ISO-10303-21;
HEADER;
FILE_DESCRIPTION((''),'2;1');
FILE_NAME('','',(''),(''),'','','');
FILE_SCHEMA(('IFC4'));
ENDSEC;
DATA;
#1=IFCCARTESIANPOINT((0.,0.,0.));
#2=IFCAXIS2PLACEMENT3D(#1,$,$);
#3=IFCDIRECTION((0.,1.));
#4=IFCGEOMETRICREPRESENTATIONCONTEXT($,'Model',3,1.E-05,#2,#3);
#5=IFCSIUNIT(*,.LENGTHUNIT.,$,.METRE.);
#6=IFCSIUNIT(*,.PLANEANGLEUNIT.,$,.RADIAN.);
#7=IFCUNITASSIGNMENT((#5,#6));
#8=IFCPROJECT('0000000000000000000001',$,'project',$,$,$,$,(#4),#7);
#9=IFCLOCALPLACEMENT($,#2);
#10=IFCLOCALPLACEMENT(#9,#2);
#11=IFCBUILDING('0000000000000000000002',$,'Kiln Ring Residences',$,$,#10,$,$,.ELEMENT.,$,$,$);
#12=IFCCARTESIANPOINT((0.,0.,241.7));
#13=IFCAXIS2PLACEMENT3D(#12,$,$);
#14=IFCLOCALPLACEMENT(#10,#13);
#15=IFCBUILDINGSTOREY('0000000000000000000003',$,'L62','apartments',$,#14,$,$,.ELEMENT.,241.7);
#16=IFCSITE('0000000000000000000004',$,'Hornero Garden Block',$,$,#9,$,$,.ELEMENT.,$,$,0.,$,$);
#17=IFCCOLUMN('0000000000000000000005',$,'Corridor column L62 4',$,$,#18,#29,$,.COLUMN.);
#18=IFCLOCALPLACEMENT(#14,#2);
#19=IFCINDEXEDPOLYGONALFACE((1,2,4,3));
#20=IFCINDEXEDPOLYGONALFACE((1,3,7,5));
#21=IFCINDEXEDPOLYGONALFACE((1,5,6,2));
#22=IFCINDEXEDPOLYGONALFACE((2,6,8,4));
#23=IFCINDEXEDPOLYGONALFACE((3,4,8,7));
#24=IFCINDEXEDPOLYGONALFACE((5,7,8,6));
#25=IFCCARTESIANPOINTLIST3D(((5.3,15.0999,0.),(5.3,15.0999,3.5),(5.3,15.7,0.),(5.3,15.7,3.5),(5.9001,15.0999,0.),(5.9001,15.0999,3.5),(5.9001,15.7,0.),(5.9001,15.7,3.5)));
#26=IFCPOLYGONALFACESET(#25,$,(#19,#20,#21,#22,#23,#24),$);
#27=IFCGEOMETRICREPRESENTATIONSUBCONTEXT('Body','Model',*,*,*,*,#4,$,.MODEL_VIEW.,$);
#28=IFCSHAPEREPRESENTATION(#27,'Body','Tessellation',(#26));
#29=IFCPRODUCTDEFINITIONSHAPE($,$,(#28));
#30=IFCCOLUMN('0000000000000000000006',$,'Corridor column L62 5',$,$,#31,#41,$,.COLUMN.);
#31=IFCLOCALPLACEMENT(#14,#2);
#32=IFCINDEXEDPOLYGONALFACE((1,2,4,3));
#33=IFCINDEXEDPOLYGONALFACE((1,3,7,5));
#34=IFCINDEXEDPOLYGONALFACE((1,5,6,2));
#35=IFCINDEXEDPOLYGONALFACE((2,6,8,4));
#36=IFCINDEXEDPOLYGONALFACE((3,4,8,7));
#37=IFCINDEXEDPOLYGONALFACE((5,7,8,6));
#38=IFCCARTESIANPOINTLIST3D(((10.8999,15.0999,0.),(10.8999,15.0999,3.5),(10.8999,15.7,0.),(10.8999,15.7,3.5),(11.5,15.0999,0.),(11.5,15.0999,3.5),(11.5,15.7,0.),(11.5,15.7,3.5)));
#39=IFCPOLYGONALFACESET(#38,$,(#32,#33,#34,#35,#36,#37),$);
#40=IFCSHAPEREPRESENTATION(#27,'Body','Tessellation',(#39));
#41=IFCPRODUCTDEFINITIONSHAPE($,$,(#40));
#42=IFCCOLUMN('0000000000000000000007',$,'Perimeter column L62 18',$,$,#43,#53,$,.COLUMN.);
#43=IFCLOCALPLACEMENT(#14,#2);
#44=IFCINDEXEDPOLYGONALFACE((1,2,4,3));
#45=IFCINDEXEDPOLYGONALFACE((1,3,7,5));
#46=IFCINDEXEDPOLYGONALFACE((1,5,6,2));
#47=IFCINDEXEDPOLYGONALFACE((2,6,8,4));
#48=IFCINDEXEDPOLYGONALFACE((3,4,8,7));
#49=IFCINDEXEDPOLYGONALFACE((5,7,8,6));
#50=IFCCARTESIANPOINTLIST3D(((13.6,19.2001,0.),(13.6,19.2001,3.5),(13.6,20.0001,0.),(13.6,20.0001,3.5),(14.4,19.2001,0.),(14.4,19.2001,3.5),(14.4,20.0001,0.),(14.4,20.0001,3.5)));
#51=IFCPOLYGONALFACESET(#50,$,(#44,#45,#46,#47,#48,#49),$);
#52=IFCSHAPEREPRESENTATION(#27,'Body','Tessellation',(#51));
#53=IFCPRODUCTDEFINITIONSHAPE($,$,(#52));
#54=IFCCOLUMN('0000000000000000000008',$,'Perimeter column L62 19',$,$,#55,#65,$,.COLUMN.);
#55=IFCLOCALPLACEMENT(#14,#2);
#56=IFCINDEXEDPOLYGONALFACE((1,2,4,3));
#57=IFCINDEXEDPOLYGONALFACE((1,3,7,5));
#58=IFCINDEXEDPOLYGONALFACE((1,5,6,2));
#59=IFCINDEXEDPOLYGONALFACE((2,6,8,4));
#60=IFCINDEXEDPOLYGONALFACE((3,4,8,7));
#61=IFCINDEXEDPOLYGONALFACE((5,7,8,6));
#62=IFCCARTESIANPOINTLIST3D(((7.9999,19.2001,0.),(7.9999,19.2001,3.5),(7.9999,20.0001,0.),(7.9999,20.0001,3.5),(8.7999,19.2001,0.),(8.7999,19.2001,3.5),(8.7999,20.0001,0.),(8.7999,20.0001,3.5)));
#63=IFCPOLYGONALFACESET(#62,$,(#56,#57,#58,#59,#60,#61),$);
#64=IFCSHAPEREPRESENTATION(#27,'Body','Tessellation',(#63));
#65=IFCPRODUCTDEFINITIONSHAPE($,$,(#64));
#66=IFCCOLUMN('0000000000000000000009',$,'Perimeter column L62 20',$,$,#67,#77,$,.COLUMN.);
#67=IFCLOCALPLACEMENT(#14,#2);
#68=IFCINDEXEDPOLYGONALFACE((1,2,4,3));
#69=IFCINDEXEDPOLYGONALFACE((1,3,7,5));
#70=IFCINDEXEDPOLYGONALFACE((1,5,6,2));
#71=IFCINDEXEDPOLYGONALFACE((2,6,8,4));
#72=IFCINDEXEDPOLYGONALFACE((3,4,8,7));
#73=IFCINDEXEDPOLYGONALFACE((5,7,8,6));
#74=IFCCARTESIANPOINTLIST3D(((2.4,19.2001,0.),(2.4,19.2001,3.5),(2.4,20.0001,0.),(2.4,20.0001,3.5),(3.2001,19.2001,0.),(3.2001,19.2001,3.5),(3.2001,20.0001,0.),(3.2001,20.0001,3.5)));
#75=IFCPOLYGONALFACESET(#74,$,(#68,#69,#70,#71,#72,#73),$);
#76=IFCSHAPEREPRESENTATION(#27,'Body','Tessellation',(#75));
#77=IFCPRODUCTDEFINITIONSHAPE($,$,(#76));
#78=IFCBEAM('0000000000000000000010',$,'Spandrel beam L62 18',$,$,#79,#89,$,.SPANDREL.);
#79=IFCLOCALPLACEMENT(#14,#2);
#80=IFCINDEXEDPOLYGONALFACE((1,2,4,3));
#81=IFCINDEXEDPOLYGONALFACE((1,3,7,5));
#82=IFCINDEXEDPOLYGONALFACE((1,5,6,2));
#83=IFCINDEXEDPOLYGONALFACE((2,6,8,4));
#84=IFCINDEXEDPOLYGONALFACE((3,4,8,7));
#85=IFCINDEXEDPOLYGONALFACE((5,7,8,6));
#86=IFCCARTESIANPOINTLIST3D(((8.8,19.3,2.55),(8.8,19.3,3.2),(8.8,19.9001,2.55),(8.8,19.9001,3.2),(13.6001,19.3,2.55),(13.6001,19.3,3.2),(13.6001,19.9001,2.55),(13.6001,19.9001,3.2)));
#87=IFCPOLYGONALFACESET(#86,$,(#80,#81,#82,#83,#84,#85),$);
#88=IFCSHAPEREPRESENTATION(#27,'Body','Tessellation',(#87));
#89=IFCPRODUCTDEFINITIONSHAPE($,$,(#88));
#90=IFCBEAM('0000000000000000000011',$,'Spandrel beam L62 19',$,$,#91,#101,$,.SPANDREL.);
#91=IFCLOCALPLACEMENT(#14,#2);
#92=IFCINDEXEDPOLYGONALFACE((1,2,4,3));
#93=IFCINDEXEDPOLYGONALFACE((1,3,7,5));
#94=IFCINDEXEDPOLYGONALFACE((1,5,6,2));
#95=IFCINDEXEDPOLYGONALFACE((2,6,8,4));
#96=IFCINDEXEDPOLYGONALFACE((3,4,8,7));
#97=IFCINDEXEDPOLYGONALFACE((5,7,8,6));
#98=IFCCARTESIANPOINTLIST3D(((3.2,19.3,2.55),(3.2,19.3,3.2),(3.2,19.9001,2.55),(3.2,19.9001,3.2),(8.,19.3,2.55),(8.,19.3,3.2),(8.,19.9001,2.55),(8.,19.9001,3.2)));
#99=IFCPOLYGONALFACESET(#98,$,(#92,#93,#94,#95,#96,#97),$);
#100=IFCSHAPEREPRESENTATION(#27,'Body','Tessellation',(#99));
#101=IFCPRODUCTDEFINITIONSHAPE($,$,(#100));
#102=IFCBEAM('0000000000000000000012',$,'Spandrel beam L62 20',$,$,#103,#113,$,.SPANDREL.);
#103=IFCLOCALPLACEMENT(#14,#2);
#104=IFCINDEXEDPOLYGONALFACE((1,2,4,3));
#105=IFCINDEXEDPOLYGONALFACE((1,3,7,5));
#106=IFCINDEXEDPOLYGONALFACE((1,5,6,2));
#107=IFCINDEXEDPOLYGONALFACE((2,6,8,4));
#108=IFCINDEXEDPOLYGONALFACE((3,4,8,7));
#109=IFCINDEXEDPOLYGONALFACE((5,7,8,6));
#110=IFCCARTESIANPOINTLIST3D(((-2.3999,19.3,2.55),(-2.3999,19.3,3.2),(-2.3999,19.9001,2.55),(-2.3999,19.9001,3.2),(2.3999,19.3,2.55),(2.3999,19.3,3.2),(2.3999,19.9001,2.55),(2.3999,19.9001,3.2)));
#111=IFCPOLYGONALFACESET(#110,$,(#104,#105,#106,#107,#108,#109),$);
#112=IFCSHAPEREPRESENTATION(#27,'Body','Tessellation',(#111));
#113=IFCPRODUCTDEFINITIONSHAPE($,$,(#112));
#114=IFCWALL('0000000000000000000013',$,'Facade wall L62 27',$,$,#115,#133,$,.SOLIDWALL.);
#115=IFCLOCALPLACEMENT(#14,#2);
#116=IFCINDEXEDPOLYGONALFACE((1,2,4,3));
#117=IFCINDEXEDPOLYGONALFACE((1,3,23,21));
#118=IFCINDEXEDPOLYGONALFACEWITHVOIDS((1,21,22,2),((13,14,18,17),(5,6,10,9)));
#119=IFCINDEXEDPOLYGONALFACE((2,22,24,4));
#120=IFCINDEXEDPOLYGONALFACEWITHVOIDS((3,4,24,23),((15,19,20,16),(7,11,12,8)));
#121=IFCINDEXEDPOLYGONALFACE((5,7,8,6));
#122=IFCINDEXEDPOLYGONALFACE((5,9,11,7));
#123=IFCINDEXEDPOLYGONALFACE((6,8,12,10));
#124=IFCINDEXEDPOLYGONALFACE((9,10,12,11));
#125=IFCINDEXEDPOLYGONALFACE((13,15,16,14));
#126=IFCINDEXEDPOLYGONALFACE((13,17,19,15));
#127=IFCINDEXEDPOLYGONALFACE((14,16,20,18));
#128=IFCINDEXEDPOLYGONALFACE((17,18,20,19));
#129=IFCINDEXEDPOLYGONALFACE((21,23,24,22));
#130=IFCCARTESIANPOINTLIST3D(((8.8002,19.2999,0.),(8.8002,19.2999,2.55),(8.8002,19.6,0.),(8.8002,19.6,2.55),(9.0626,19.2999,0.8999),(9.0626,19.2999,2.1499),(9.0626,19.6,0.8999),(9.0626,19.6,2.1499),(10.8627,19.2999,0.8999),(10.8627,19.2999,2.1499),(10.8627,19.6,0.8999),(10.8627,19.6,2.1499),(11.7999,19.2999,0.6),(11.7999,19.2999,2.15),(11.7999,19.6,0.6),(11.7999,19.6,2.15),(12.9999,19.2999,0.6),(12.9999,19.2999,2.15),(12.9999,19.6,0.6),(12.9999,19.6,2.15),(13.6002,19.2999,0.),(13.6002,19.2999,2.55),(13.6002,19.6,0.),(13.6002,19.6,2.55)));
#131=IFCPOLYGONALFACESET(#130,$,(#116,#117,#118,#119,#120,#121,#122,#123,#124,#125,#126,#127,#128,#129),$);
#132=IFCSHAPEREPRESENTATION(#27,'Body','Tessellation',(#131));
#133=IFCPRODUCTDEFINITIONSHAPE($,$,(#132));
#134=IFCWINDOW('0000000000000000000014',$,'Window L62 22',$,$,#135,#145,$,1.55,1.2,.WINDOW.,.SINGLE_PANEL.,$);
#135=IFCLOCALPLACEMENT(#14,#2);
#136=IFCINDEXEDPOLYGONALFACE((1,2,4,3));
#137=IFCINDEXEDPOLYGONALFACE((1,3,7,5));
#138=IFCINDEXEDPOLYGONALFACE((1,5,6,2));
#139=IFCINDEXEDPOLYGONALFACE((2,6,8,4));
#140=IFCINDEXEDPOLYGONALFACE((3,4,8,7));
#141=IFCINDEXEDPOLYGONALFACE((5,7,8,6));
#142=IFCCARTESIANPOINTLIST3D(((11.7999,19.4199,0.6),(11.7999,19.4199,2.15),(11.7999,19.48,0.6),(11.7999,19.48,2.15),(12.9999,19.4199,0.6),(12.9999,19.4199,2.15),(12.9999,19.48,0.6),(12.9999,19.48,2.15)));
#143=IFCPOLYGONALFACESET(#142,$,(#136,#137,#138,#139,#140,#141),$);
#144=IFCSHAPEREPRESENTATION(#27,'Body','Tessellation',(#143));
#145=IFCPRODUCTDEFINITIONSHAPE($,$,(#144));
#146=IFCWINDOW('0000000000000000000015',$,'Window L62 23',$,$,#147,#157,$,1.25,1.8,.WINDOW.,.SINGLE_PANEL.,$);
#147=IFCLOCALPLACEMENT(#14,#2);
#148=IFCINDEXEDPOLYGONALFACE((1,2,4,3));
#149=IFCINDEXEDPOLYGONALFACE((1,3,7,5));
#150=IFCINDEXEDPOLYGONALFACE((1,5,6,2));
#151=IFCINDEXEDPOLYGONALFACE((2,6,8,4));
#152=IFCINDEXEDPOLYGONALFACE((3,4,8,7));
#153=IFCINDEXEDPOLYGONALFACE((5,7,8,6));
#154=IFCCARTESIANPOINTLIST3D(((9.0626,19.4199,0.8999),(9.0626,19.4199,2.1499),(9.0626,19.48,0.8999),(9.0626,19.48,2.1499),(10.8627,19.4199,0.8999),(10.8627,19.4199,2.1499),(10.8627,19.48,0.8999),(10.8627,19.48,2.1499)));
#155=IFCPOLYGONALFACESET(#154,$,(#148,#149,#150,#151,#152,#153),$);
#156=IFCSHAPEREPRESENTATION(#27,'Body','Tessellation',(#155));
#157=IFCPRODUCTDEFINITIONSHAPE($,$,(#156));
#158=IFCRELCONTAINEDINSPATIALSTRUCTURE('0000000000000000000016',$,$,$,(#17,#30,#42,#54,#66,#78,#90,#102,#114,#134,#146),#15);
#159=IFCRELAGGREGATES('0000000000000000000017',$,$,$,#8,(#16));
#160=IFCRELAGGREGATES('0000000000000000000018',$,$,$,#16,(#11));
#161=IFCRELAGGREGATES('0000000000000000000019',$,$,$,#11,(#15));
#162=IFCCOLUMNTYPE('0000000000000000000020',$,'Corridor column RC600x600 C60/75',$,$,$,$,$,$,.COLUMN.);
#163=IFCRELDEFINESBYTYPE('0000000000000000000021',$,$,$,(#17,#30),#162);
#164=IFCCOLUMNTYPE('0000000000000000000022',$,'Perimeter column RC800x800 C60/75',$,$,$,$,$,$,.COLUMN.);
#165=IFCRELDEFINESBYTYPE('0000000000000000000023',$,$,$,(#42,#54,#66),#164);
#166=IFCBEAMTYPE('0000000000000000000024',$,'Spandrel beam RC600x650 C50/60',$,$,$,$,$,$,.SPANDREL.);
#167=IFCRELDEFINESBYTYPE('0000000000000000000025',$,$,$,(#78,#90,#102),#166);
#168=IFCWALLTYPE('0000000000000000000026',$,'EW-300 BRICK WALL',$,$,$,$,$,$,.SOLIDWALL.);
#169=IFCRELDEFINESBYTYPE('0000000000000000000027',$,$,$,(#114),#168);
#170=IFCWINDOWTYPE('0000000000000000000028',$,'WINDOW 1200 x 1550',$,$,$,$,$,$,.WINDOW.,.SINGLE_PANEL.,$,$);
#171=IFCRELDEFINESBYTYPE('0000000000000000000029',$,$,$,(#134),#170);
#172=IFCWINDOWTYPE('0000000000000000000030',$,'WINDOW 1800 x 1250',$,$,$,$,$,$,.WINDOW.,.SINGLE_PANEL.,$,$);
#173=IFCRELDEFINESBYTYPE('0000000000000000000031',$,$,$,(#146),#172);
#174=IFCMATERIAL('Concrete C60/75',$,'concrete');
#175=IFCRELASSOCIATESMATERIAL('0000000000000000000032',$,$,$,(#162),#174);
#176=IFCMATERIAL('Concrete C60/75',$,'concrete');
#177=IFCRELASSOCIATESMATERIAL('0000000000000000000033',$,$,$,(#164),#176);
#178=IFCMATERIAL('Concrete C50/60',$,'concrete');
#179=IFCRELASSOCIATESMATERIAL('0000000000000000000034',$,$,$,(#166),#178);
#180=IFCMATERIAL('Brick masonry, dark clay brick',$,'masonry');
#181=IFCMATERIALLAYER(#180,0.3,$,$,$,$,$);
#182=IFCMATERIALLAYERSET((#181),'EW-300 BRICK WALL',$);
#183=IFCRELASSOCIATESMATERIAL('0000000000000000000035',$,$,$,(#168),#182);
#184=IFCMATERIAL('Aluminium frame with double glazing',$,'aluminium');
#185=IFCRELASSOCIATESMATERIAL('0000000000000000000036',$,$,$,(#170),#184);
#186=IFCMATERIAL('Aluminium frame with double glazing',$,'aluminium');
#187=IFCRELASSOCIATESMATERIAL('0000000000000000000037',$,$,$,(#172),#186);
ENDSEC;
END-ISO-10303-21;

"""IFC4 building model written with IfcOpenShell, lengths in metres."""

from ifc_helpers import new_model, si_unit, direction, frame, frame_2d, origin, origin_2d, place, context, subcontext, project, spatial, rectangle, extrude, material, layer, layer_set, material_profile, profile_set, type_object, element, fill, save


model = new_model("IFC4")

# Units and contexts
model_context = context("Model", 3, precision=1e-05, world=origin(), true_north=direction((0.0, 1.0)))
body_context = subcontext(model_context, "Body", "Model", "MODEL_VIEW")
ifc_project = project(units=[si_unit("LENGTHUNIT", "METRE"), si_unit("PLANEANGLEUNIT", "RADIAN")], contexts=[model_context])

# Site, building, storey
site_placement = place(None, origin())
site = spatial("IfcSite", under=ifc_project, at=site_placement, Name="Hornero Garden Block", CompositionType="ELEMENT", RefElevation=0.0)
building_placement = place(site_placement, origin())
building = spatial("IfcBuilding", under=site, at=building_placement, Name="Kiln Ring Residences", CompositionType="ELEMENT")
storey_placement = place(building_placement, frame((0.0, 0.0, 241.7)))
storey = spatial("IfcBuildingStorey", under=building, at=storey_placement, Name="L62", Description="apartments", CompositionType="ELEMENT", Elevation=241.7)

# Columns
ifc_material_1 = material(Name="Concrete C60/75", Category="concrete")
ifc_material_profile_1 = material_profile(ifc_material_1, rectangle(XDim=0.6001, YDim=0.6001, at=origin_2d()), Name="RC600x600")
ifc_profile_set_1 = profile_set([ifc_material_profile_1], Name="Concrete C60/75")
column_type_1 = type_object("IfcColumnType", Name="Corridor column RC600x600 C60/75", PredefinedType="COLUMN", material=ifc_profile_set_1)
for number, where, z_axis, x_axis, name in (
    (1, (5.6001, 15.3999, 0.0), (0.0, 0.0, 1.0), (1.0, 0.0, 0.0), "Corridor column L62 4"),
    (2, (11.2, 15.3999, 0.0), (0.0, 0.0, 1.0), (1.0, 0.0, 0.0), "Corridor column L62 5"),
):
    element("IfcColumn", number, at=place(storey_placement, frame(where, z_axis=z_axis, x_axis=x_axis)), inside=storey, type_object=column_type_1, Name=name, PredefinedType="COLUMN", context=body_context, shape_type="SweptSolid", body=[
        extrude(rectangle(XDim=0.6001, YDim=0.6001, at=origin_2d()), origin(), (0.0, 0.0, 1.0), 3.5),
    ])
ifc_material_2 = material(Name="Concrete C60/75", Category="concrete")
ifc_material_profile_2 = material_profile(ifc_material_2, rectangle(XDim=0.8, YDim=0.8, at=origin_2d()), Name="RC800x800")
ifc_profile_set_2 = profile_set([ifc_material_profile_2], Name="Concrete C60/75")
column_type_2 = type_object("IfcColumnType", Name="Perimeter column RC800x800 C60/75", PredefinedType="COLUMN", material=ifc_profile_set_2)
for number, where, z_axis, x_axis, name in (
    (3, (14.0, 19.6001, 0.0), (0.0, 0.0, 1.0), (1.0, 0.0, 0.0), "Perimeter column L62 18"),
    (4, (8.3999, 19.6001, 0.0), (0.0, 0.0, 1.0), (1.0, 0.0, 0.0), "Perimeter column L62 19"),
    (5, (2.8, 19.6001, 0.0), (0.0, 0.0, 1.0), (1.0, 0.0, 0.0), "Perimeter column L62 20"),
):
    element("IfcColumn", number, at=place(storey_placement, frame(where, z_axis=z_axis, x_axis=x_axis)), inside=storey, type_object=column_type_2, Name=name, PredefinedType="COLUMN", context=body_context, shape_type="SweptSolid", body=[
        extrude(rectangle(XDim=0.8, YDim=0.8, at=origin_2d()), origin(), (0.0, 0.0, 1.0), 3.5),
    ])

# Beams
ifc_material_3 = material(Name="Concrete C50/60", Category="concrete")
ifc_material_profile_3 = material_profile(ifc_material_3, rectangle(XDim=0.6001, YDim=0.6499, at=origin_2d()), Name="RC600x650")
ifc_profile_set_3 = profile_set([ifc_material_profile_3], Name="Concrete C50/60")
beam_type = type_object("IfcBeamType", Name="Spandrel beam RC600x650 C50/60", PredefinedType="SPANDREL", material=ifc_profile_set_3)
for number, where, z_axis, x_axis, name in (
    (6, (13.6001, 19.6001, 2.875), (-1.0, 0.0, 0.0), (0.0, -1.0, 0.0), "Spandrel beam L62 18"),
    (7, (8.0, 19.6001, 2.875), (-1.0, 0.0, 0.0), (0.0, -1.0, 0.0), "Spandrel beam L62 19"),
):
    element("IfcBeam", number, at=place(storey_placement, frame(where, z_axis=z_axis, x_axis=x_axis)), inside=storey, type_object=beam_type, Name=name, PredefinedType="SPANDREL", context=body_context, shape_type="SweptSolid", body=[
        extrude(rectangle(XDim=0.6001, YDim=0.6499, at=origin_2d()), origin(), (0.0, 0.0, 1.0), 4.8),
    ])
beam_placement = place(storey_placement, frame((2.3999, 19.6001, 2.875), z_axis=(-1.0, 0.0, 0.0), x_axis=(0.0, -1.0, 0.0)))
element("IfcBeam", 8, at=beam_placement, inside=storey, type_object=beam_type, Name="Spandrel beam L62 20", PredefinedType="SPANDREL", context=body_context, shape_type="SweptSolid", body=[
    extrude(rectangle(XDim=0.6001, YDim=0.6499, at=origin_2d()), origin(), (0.0, 0.0, 1.0), 4.7998),
])

# Wall, openings, windows
ifc_material_4 = material(Name="Brick masonry, dark clay brick", Category="masonry")
ifc_layer_1 = layer(ifc_material_4, 0.3)
ifc_layer_set_1 = layer_set([ifc_layer_1], Name="EW-300 BRICK WALL")
wall_type_1 = type_object("IfcWallType", Name="EW-300 BRICK WALL", PredefinedType="SOLIDWALL", material=ifc_layer_set_1)
wall_1_placement = place(storey_placement, frame((13.6001, 19.45, 0.0), z_axis=(0.0, 0.0, 1.0), x_axis=(-1.0, 0.0, 0.0)))
wall_1 = element("IfcWall", 9, at=wall_1_placement, inside=storey, type_object=wall_type_1, Name="Facade wall L62 27", PredefinedType="SOLIDWALL", context=body_context, shape_type="SweptSolid", body=[
    extrude(rectangle(XDim=4.8, YDim=0.3, at=frame_2d((2.3999, 0.0))), origin(), (0.0, 0.0, 1.0), 2.55),
])
opening_1_placement = place(wall_1_placement, frame((0.6001, 0.0, 0.6001)))
opening_1 = element("IfcOpeningElement", 10, at=opening_1_placement, cuts=wall_1, PredefinedType="OPENING", context=body_context, shape_type="SweptSolid", body=[
    extrude(rectangle(XDim=1.2, YDim=1.55, at=frame_2d((0.6001, 0.7749))), frame((0.0, 0.1599, 0.0), z_axis=(0.0, -1.0, 0.0), x_axis=(1.0, 0.0, 0.0)), (0.0, 0.0, 1.0), 0.3201),
])
opening_2_placement = place(wall_1_placement, frame((2.7375, 0.0, 0.8999)))
opening_2 = element("IfcOpeningElement", 11, at=opening_2_placement, cuts=wall_1, PredefinedType="OPENING", context=body_context, shape_type="SweptSolid", body=[
    extrude(rectangle(XDim=1.8, YDim=1.25, at=frame_2d((0.8999, 0.625))), frame((0.0, 0.1599, 0.0), z_axis=(0.0, -1.0, 0.0), x_axis=(1.0, 0.0, 0.0)), (0.0, 0.0, 1.0), 0.3201),
])
ifc_material_5 = material(Name="Aluminium frame with double glazing", Category="aluminium")
window_type_1 = type_object("IfcWindowType", Name="WINDOW 1200 x 1550", PartitioningType="SINGLE_PANEL", PredefinedType="WINDOW", material=ifc_material_5)
window_1_placement = place(opening_1_placement, origin())
window_1 = element("IfcWindow", 12, at=window_1_placement, inside=storey, type_object=window_type_1, Name="Window L62 22", OverallHeight=1.55, OverallWidth=1.2, PartitioningType="SINGLE_PANEL", PredefinedType="WINDOW", context=body_context, shape_type="SweptSolid", body=[
    extrude(rectangle(XDim=1.2, YDim=1.55, at=frame_2d((0.6001, 0.7749))), frame((0.0, 0.03, 0.0), z_axis=(0.0, -1.0, 0.0), x_axis=(1.0, 0.0, 0.0)), (0.0, 0.0, 1.0), 0.0601),
])
fill(opening_1, window_1)
ifc_material_6 = material(Name="Aluminium frame with double glazing", Category="aluminium")
window_type_2 = type_object("IfcWindowType", Name="WINDOW 1800 x 1250", PartitioningType="SINGLE_PANEL", PredefinedType="WINDOW", material=ifc_material_6)
window_2_placement = place(opening_2_placement, origin())
window_2 = element("IfcWindow", 13, at=window_2_placement, inside=storey, type_object=window_type_2, Name="Window L62 23", OverallHeight=1.25, OverallWidth=1.8, PartitioningType="SINGLE_PANEL", PredefinedType="WINDOW", context=body_context, shape_type="SweptSolid", body=[
    extrude(rectangle(XDim=1.8, YDim=1.25, at=frame_2d((0.8999, 0.625))), frame((0.0, 0.03, 0.0), z_axis=(0.0, -1.0, 0.0), x_axis=(1.0, 0.0, 0.0)), (0.0, 0.0, 1.0), 0.0601),
])
fill(opening_2, window_2)

save(model, "model.ifc")
